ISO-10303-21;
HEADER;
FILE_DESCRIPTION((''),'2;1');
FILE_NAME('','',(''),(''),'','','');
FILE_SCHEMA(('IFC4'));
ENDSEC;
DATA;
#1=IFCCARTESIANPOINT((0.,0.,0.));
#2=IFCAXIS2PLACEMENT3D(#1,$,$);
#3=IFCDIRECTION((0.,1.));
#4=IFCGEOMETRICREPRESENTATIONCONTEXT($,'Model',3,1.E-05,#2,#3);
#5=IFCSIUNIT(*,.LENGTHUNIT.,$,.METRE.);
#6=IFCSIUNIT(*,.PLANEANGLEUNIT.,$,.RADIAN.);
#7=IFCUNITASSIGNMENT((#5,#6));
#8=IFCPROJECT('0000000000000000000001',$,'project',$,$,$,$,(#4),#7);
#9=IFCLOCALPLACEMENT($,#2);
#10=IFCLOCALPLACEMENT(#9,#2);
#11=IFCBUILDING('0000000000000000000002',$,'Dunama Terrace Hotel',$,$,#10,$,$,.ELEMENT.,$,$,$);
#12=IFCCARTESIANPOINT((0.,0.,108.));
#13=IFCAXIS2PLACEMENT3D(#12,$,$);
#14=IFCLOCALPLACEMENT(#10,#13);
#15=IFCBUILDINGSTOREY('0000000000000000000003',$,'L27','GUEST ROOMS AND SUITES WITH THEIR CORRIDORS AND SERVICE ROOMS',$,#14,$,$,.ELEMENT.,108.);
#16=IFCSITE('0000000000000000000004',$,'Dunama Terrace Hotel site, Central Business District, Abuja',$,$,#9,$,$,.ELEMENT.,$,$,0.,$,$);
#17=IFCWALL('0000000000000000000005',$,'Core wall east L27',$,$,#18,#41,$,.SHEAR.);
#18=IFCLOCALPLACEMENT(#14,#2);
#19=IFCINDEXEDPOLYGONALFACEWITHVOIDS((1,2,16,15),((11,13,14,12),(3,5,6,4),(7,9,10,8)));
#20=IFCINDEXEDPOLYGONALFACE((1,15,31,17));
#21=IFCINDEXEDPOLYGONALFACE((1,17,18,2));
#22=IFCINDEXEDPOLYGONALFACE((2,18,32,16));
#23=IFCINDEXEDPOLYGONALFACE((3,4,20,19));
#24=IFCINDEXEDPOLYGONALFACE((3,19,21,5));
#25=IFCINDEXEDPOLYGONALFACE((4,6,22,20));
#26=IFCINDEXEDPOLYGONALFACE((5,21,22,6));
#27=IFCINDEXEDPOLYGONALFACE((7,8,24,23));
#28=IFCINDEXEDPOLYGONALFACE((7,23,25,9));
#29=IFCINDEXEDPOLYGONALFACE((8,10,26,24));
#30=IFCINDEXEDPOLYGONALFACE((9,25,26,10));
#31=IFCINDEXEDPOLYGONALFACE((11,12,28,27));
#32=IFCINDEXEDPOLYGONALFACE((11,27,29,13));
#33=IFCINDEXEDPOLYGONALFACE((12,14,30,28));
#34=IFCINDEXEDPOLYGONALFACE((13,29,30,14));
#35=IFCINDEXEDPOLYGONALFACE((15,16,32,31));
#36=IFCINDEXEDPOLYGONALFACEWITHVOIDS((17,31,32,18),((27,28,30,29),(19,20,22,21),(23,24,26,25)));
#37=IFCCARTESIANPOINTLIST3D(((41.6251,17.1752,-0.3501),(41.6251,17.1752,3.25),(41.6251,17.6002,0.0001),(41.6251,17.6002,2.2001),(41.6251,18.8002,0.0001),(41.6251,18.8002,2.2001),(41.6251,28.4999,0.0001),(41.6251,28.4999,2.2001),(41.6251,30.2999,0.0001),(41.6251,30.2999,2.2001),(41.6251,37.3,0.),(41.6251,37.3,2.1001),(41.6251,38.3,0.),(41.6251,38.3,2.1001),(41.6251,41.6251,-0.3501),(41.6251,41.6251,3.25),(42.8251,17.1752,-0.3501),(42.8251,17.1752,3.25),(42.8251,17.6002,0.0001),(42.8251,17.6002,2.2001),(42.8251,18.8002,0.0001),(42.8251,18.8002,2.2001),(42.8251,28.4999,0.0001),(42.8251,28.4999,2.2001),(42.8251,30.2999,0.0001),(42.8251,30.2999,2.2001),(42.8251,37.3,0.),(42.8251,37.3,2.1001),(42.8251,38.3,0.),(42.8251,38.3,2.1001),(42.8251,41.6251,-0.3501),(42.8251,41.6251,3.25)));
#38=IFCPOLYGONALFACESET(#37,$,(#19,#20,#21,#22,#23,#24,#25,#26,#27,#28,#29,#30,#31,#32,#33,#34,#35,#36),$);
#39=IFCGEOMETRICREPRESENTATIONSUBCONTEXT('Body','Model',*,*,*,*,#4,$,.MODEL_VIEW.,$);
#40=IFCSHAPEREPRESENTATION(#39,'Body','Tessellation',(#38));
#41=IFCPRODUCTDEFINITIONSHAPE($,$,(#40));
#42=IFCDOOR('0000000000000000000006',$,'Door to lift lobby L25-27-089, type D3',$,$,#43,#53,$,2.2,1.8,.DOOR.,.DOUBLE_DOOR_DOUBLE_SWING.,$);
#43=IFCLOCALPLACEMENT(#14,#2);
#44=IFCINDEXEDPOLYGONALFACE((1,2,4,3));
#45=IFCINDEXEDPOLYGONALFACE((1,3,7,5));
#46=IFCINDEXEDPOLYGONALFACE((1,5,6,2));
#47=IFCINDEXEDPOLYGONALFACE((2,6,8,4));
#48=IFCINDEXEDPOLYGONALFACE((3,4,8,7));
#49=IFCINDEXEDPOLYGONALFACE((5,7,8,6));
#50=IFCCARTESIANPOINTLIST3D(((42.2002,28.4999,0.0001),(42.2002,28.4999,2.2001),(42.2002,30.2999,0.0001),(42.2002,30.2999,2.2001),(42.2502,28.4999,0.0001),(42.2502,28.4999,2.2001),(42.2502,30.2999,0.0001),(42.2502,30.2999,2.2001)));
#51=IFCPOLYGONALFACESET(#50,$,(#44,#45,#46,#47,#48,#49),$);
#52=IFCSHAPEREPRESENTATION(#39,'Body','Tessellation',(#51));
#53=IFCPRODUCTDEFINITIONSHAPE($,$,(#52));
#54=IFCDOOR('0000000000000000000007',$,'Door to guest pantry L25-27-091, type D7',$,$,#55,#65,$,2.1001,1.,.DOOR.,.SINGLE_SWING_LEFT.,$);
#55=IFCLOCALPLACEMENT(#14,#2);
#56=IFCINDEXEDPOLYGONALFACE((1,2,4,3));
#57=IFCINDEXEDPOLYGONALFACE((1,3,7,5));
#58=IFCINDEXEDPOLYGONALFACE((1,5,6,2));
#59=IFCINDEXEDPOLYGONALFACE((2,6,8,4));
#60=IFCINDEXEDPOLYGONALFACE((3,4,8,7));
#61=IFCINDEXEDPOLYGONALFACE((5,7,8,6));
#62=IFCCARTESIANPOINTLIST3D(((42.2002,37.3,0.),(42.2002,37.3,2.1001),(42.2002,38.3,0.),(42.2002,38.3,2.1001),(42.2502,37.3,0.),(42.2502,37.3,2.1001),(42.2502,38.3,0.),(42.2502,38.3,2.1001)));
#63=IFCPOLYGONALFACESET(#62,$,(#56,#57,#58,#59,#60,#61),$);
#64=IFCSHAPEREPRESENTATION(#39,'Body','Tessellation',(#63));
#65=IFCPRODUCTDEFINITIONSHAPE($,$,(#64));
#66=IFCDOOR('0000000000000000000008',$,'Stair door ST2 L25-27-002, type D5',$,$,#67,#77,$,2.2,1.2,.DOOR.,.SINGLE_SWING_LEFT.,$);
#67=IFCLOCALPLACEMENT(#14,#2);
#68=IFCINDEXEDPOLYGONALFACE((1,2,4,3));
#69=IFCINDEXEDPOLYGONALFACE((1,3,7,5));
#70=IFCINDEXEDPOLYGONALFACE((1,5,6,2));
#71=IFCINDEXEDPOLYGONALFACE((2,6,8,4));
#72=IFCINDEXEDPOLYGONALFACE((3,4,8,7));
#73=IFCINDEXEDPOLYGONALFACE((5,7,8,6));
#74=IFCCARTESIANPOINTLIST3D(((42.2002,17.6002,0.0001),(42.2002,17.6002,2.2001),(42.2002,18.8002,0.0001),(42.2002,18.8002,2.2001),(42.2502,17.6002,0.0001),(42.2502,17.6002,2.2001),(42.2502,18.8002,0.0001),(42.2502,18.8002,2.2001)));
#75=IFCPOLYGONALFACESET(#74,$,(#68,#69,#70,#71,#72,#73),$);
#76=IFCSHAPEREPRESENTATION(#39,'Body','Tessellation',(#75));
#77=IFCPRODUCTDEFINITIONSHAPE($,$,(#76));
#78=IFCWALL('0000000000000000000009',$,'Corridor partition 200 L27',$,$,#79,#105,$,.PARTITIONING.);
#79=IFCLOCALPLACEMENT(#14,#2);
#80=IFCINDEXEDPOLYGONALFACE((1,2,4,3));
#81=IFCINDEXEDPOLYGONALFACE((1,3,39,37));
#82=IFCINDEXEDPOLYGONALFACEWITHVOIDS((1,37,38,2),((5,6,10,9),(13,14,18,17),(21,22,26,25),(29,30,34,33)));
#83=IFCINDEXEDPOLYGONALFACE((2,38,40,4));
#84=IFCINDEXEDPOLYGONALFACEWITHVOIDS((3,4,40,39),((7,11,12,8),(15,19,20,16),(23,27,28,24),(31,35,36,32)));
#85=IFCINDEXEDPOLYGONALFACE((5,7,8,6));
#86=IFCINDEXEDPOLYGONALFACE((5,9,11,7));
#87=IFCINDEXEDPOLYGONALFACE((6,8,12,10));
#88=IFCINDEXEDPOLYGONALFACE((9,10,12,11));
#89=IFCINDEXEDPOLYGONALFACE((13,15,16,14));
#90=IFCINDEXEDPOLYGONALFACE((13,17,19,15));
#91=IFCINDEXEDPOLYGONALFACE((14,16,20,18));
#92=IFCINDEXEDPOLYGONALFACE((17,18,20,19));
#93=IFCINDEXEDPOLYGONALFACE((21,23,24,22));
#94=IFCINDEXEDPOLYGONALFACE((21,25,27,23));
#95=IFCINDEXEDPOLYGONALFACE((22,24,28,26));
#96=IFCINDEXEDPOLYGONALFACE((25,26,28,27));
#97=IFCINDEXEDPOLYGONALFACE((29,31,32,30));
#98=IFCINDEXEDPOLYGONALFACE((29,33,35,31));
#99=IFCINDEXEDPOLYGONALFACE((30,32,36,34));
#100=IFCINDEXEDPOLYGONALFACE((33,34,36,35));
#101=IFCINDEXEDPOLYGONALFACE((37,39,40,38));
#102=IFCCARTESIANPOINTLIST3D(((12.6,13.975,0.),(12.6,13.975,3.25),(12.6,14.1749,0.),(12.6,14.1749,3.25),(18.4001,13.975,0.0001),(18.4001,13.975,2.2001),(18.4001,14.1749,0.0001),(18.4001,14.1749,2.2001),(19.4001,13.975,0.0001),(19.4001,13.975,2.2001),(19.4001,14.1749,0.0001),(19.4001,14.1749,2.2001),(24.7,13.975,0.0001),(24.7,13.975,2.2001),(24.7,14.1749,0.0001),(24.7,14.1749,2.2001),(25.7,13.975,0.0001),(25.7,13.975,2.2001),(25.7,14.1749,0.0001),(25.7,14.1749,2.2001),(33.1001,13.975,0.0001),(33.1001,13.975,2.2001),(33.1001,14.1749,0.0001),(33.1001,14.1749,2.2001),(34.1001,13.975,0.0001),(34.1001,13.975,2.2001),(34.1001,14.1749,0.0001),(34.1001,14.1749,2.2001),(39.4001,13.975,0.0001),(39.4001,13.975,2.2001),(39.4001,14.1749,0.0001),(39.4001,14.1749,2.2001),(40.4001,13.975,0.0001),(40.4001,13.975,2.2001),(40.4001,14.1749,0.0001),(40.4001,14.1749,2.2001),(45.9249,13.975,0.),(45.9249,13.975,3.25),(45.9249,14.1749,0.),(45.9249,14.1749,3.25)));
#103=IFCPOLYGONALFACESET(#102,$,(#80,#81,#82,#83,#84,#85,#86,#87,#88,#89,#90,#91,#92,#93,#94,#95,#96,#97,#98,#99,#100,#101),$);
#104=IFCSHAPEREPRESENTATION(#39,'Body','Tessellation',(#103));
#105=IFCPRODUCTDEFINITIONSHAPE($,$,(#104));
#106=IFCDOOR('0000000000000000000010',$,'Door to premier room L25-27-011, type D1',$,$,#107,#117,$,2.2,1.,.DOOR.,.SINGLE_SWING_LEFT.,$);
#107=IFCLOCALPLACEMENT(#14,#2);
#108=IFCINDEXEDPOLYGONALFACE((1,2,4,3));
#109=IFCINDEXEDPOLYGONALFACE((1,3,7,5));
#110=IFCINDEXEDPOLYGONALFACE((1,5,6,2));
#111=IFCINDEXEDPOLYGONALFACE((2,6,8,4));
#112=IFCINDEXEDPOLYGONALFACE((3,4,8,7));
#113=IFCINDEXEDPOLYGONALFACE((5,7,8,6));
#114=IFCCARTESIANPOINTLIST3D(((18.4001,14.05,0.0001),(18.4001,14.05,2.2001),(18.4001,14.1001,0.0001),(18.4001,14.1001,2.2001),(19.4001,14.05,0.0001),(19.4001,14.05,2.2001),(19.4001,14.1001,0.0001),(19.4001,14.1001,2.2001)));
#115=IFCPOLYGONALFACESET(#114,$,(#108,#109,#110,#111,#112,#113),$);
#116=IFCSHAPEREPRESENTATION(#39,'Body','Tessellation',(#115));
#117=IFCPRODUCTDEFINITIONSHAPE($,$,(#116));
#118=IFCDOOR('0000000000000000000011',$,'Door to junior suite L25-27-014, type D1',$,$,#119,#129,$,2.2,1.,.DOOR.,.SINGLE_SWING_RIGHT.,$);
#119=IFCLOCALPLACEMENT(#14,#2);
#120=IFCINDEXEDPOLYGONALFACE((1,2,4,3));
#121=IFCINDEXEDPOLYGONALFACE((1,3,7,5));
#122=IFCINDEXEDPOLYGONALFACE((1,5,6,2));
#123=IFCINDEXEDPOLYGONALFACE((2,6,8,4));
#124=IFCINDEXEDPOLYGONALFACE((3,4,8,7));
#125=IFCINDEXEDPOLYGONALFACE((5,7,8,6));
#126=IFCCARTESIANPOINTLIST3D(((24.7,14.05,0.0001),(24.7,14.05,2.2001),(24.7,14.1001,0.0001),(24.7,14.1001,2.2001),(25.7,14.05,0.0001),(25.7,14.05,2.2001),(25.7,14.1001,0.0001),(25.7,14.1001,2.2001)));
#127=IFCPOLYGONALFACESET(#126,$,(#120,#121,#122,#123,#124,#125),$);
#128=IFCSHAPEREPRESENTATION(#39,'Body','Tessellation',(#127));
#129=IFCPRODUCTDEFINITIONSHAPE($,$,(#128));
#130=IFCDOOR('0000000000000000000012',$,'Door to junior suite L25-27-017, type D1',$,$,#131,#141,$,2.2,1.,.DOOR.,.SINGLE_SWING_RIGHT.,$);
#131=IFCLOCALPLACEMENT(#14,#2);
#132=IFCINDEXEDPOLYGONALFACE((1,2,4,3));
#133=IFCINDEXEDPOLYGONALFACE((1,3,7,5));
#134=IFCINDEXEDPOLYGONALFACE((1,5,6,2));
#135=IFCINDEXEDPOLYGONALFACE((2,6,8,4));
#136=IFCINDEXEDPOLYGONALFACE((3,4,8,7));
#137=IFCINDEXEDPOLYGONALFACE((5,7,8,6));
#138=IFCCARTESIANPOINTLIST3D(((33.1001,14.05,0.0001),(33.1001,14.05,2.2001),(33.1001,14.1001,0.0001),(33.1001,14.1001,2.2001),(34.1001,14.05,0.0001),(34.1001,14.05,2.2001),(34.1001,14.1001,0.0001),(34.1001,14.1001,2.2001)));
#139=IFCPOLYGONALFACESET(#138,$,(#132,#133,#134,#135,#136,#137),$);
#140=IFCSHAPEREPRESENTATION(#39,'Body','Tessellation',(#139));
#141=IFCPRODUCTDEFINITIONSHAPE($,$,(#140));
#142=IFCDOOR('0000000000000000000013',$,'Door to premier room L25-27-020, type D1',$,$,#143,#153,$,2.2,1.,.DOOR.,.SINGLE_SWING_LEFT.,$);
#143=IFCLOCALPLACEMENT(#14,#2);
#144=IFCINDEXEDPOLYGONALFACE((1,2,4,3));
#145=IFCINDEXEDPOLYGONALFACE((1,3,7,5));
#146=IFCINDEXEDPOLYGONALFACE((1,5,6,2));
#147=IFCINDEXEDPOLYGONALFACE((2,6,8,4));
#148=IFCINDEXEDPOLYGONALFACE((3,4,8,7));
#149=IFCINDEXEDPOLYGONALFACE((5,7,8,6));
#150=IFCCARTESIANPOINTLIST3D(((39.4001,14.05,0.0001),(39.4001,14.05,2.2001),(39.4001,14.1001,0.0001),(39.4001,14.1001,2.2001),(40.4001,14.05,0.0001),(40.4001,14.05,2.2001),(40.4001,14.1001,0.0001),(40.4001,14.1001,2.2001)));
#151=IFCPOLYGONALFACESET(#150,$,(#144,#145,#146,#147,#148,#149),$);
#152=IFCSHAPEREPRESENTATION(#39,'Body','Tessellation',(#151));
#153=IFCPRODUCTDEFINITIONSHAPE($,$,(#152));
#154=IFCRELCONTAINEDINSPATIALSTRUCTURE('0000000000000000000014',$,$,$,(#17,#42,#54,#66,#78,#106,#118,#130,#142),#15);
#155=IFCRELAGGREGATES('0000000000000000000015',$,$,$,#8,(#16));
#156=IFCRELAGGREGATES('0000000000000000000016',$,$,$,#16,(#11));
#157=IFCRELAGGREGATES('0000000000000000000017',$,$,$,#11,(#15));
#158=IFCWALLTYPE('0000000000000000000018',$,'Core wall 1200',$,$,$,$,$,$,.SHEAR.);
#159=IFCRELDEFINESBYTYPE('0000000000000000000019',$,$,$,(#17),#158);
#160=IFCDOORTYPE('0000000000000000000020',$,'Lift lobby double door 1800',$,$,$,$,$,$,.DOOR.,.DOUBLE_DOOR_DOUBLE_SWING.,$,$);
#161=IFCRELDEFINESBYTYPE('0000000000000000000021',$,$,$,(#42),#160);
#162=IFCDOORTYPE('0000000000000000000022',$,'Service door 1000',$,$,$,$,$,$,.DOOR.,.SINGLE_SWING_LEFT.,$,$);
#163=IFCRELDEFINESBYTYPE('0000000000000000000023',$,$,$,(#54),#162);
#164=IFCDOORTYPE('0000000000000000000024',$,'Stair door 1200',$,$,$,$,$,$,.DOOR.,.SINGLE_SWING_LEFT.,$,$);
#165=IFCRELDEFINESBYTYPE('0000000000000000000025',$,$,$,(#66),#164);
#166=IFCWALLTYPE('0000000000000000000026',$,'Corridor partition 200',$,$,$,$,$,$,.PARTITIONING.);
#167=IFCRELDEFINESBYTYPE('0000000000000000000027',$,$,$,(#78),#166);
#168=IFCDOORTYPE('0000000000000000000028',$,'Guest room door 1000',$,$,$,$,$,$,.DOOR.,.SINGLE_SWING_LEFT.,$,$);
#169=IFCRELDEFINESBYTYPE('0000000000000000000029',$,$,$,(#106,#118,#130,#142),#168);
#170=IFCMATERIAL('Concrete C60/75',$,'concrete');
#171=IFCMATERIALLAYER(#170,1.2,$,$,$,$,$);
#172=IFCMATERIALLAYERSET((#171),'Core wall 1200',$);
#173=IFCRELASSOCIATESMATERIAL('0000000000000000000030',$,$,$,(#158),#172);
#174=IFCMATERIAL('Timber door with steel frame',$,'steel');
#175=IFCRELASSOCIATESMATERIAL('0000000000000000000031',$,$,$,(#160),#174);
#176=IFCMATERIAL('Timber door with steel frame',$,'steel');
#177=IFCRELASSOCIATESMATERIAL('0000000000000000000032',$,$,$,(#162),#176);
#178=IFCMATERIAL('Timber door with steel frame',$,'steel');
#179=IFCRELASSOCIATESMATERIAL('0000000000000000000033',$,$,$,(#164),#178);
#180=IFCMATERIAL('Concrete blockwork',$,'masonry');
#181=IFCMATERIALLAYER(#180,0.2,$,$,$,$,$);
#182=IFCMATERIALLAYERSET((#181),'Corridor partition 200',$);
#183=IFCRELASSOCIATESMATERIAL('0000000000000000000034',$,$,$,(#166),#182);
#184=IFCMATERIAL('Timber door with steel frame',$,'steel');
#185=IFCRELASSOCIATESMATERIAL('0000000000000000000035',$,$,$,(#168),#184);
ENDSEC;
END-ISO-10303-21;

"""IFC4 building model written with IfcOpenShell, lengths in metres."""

from ifc_helpers import new_model, si_unit, direction, frame, frame_2d, origin, place, context, subcontext, project, spatial, rectangle, extrude, material, layer, layer_set, type_object, element, fill, save


model = new_model("IFC4")

# Units and contexts
model_context = context("Model", 3, precision=1e-05, world=origin(), true_north=direction((0.0, 1.0)))
body_context = subcontext(model_context, "Body", "Model", "MODEL_VIEW")
ifc_project = project(units=[si_unit("LENGTHUNIT", "METRE"), si_unit("PLANEANGLEUNIT", "RADIAN")], contexts=[model_context])

# Site, building, storey
site_placement = place(None, origin())
site = spatial("IfcSite", under=ifc_project, at=site_placement, Name="Dunama Terrace Hotel site, Central Business District, Abuja", CompositionType="ELEMENT", RefElevation=0.0)
building_placement = place(site_placement, origin())
building = spatial("IfcBuilding", under=site, at=building_placement, Name="Dunama Terrace Hotel", CompositionType="ELEMENT")
storey_placement = place(building_placement, frame((0.0, 0.0, 108.0)))
storey = spatial("IfcBuildingStorey", under=building, at=storey_placement, Name="L27", Description="GUEST ROOMS AND SUITES WITH THEIR CORRIDORS AND SERVICE ROOMS", CompositionType="ELEMENT", Elevation=108.0)

# Walls, openings, doors
ifc_material_1 = material(Name="Concrete C60/75", Category="concrete")
ifc_layer_1 = layer(ifc_material_1, 1.2)
ifc_layer_set_1 = layer_set([ifc_layer_1], Name="Core wall 1200")
wall_type_1 = type_object("IfcWallType", Name="Core wall 1200", PredefinedType="SHEAR", material=ifc_layer_set_1)
wall_1_placement = place(storey_placement, frame((42.2251, 17.175, -0.3501), z_axis=(0.0, 0.0, 1.0), x_axis=(0.0, 1.0, 0.0)))
wall_1 = element("IfcWall", 1, at=wall_1_placement, inside=storey, type_object=wall_type_1, Name="Core wall east L27", PredefinedType="SHEAR", context=body_context, shape_type="SweptSolid", body=[
    extrude(rectangle(XDim=24.45, YDim=1.2, at=frame_2d((12.2251, 0.0))), origin(), (0.0, 0.0, 1.0), 3.6001),
])
opening_1_placement = place(wall_1_placement, frame((0.425, 0.0, 0.3501)))
opening_1 = element("IfcOpeningElement", 2, at=opening_1_placement, cuts=wall_1, PredefinedType="OPENING", context=body_context, shape_type="SweptSolid", body=[
    extrude(rectangle(XDim=1.2, YDim=2.2, at=frame_2d((0.6001, 1.1001))), frame((0.0, 0.6099, 0.0), z_axis=(0.0, -1.0, 0.0), x_axis=(1.0, 0.0, 0.0)), (0.0, 0.0, 1.0), 1.22),
])
opening_2_placement = place(wall_1_placement, frame((11.325, 0.0, 0.3501)))
opening_2 = element("IfcOpeningElement", 3, at=opening_2_placement, cuts=wall_1, PredefinedType="OPENING", context=body_context, shape_type="SweptSolid", body=[
    extrude(rectangle(XDim=1.8, YDim=2.2, at=frame_2d((0.8999, 1.1001))), frame((0.0, 0.6099, 0.0), z_axis=(0.0, -1.0, 0.0), x_axis=(1.0, 0.0, 0.0)), (0.0, 0.0, 1.0), 1.22),
])
opening_3_placement = place(wall_1_placement, frame((20.125, 0.0, 0.3501)))
opening_3 = element("IfcOpeningElement", 4, at=opening_3_placement, cuts=wall_1, PredefinedType="OPENING", context=body_context, shape_type="SweptSolid", body=[
    extrude(rectangle(XDim=1.0, YDim=2.1001, at=frame_2d((0.5, 1.05))), frame((0.0, 0.6099, 0.0), z_axis=(0.0, -1.0, 0.0), x_axis=(1.0, 0.0, 0.0)), (0.0, 0.0, 1.0), 1.22),
])
ifc_material_2 = material(Name="Timber door with steel frame", Category="steel")
door_type_1 = type_object("IfcDoorType", Name="Lift lobby double door 1800", OperationType="DOUBLE_DOOR_DOUBLE_SWING", PredefinedType="DOOR", material=ifc_material_2)
door_1_placement = place(opening_2_placement, origin())
door_1 = element("IfcDoor", 5, at=door_1_placement, inside=storey, type_object=door_type_1, Name="Door to lift lobby L25-27-089, type D3", OperationType="DOUBLE_DOOR_DOUBLE_SWING", OverallHeight=2.2, OverallWidth=1.8, PredefinedType="DOOR", context=body_context, shape_type="SweptSolid", body=[
    extrude(rectangle(XDim=1.8, YDim=2.2, at=frame_2d((0.8999, 1.1001))), frame((0.0, 0.0249, 0.0), z_axis=(0.0, -1.0, 0.0), x_axis=(1.0, 0.0, 0.0)), (0.0, 0.0, 1.0), 0.05),
])
fill(opening_2, door_1)
ifc_material_3 = material(Name="Timber door with steel frame", Category="steel")
door_type_2 = type_object("IfcDoorType", Name="Service door 1000", OperationType="SINGLE_SWING_LEFT", PredefinedType="DOOR", material=ifc_material_3)
door_2_placement = place(opening_3_placement, origin())
door_2 = element("IfcDoor", 6, at=door_2_placement, inside=storey, type_object=door_type_2, Name="Door to guest pantry L25-27-091, type D7", OperationType="SINGLE_SWING_LEFT", OverallHeight=2.1001, OverallWidth=1.0, PredefinedType="DOOR", context=body_context, shape_type="SweptSolid", body=[
    extrude(rectangle(XDim=1.0, YDim=2.1001, at=frame_2d((0.5, 1.05))), frame((0.0, 0.0249, 0.0), z_axis=(0.0, -1.0, 0.0), x_axis=(1.0, 0.0, 0.0)), (0.0, 0.0, 1.0), 0.05),
])
fill(opening_3, door_2)
ifc_material_4 = material(Name="Timber door with steel frame", Category="steel")
door_type_3 = type_object("IfcDoorType", Name="Stair door 1200", OperationType="SINGLE_SWING_LEFT", PredefinedType="DOOR", material=ifc_material_4)
door_3_placement = place(opening_1_placement, origin())
door_3 = element("IfcDoor", 7, at=door_3_placement, inside=storey, type_object=door_type_3, Name="Stair door ST2 L25-27-002, type D5", OperationType="SINGLE_SWING_LEFT", OverallHeight=2.2, OverallWidth=1.2, PredefinedType="DOOR", context=body_context, shape_type="SweptSolid", body=[
    extrude(rectangle(XDim=1.2, YDim=2.2, at=frame_2d((0.6001, 1.1001))), frame((0.0, 0.0249, 0.0), z_axis=(0.0, -1.0, 0.0), x_axis=(1.0, 0.0, 0.0)), (0.0, 0.0, 1.0), 0.05),
])
fill(opening_1, door_3)
ifc_material_5 = material(Name="Concrete blockwork", Category="masonry")
ifc_layer_2 = layer(ifc_material_5, 0.2)
ifc_layer_set_2 = layer_set([ifc_layer_2], Name="Corridor partition 200")
wall_type_2 = type_object("IfcWallType", Name="Corridor partition 200", PredefinedType="PARTITIONING", material=ifc_layer_set_2)
wall_2_placement = place(storey_placement, frame((45.925, 14.075, 0.0), z_axis=(0.0, 0.0, 1.0), x_axis=(-1.0, 0.0, 0.0)))
wall_2 = element("IfcWall", 8, at=wall_2_placement, inside=storey, type_object=wall_type_2, Name="Corridor partition 200 L27", PredefinedType="PARTITIONING", context=body_context, shape_type="SweptSolid", body=[
    extrude(rectangle(XDim=33.325, YDim=0.2, at=frame_2d((16.6626, 0.0))), origin(), (0.0, 0.0, 1.0), 3.25),
])
opening_4_placement = place(wall_2_placement, frame((26.5249, 0.0, 0.0)))
opening_4 = element("IfcOpeningElement", 9, at=opening_4_placement, cuts=wall_2, PredefinedType="OPENING", context=body_context, shape_type="SweptSolid", body=[
    extrude(rectangle(XDim=1.0, YDim=2.2, at=frame_2d((0.5, 1.1001))), frame((0.0, 0.1099, 0.0), z_axis=(0.0, -1.0, 0.0), x_axis=(1.0, 0.0, 0.0)), (0.0, 0.0, 1.0), 0.22),
])
opening_5_placement = place(wall_2_placement, frame((20.2251, 0.0, 0.0)))
opening_5 = element("IfcOpeningElement", 10, at=opening_5_placement, cuts=wall_2, PredefinedType="OPENING", context=body_context, shape_type="SweptSolid", body=[
    extrude(rectangle(XDim=1.0, YDim=2.2, at=frame_2d((0.5, 1.1001))), frame((0.0, 0.1099, 0.0), z_axis=(0.0, -1.0, 0.0), x_axis=(1.0, 0.0, 0.0)), (0.0, 0.0, 1.0), 0.22),
])
opening_6_placement = place(wall_2_placement, frame((11.825, 0.0, 0.0)))
opening_6 = element("IfcOpeningElement", 11, at=opening_6_placement, cuts=wall_2, PredefinedType="OPENING", context=body_context, shape_type="SweptSolid", body=[
    extrude(rectangle(XDim=1.0, YDim=2.2, at=frame_2d((0.5, 1.1001))), frame((0.0, 0.1099, 0.0), z_axis=(0.0, -1.0, 0.0), x_axis=(1.0, 0.0, 0.0)), (0.0, 0.0, 1.0), 0.22),
])
opening_7_placement = place(wall_2_placement, frame((5.5249, 0.0, 0.0)))
opening_7 = element("IfcOpeningElement", 12, at=opening_7_placement, cuts=wall_2, PredefinedType="OPENING", context=body_context, shape_type="SweptSolid", body=[
    extrude(rectangle(XDim=1.0, YDim=2.2, at=frame_2d((0.5, 1.1001))), frame((0.0, 0.1099, 0.0), z_axis=(0.0, -1.0, 0.0), x_axis=(1.0, 0.0, 0.0)), (0.0, 0.0, 1.0), 0.22),
])
ifc_material_6 = material(Name="Timber door with steel frame", Category="steel")
door_type_4 = type_object("IfcDoorType", Name="Guest room door 1000", OperationType="SINGLE_SWING_LEFT", PredefinedType="DOOR", material=ifc_material_6)
door_4_placement = place(opening_4_placement, origin())
door_4 = element("IfcDoor", 13, at=door_4_placement, inside=storey, type_object=door_type_4, Name="Door to premier room L25-27-011, type D1", OperationType="SINGLE_SWING_LEFT", OverallHeight=2.2, OverallWidth=1.0, PredefinedType="DOOR", context=body_context, shape_type="SweptSolid", body=[
    extrude(rectangle(XDim=1.0, YDim=2.2, at=frame_2d((0.5, 1.1001))), frame((0.0, 0.0249, 0.0), z_axis=(0.0, -1.0, 0.0), x_axis=(1.0, 0.0, 0.0)), (0.0, 0.0, 1.0), 0.05),
])
fill(opening_4, door_4)
door_5_placement = place(opening_5_placement, origin())
door_5 = element("IfcDoor", 14, at=door_5_placement, inside=storey, type_object=door_type_4, Name="Door to junior suite L25-27-014, type D1", OperationType="SINGLE_SWING_RIGHT", OverallHeight=2.2, OverallWidth=1.0, PredefinedType="DOOR", context=body_context, shape_type="SweptSolid", body=[
    extrude(rectangle(XDim=1.0, YDim=2.2, at=frame_2d((0.5, 1.1001))), frame((0.0, 0.0249, 0.0), z_axis=(0.0, -1.0, 0.0), x_axis=(1.0, 0.0, 0.0)), (0.0, 0.0, 1.0), 0.05),
])
fill(opening_5, door_5)
door_6_placement = place(opening_6_placement, origin())
door_6 = element("IfcDoor", 15, at=door_6_placement, inside=storey, type_object=door_type_4, Name="Door to junior suite L25-27-017, type D1", OperationType="SINGLE_SWING_RIGHT", OverallHeight=2.2, OverallWidth=1.0, PredefinedType="DOOR", context=body_context, shape_type="SweptSolid", body=[
    extrude(rectangle(XDim=1.0, YDim=2.2, at=frame_2d((0.5, 1.1001))), frame((0.0, 0.0249, 0.0), z_axis=(0.0, -1.0, 0.0), x_axis=(1.0, 0.0, 0.0)), (0.0, 0.0, 1.0), 0.05),
])
fill(opening_6, door_6)
door_7_placement = place(opening_7_placement, origin())
door_7 = element("IfcDoor", 16, at=door_7_placement, inside=storey, type_object=door_type_4, Name="Door to premier room L25-27-020, type D1", OperationType="SINGLE_SWING_LEFT", OverallHeight=2.2, OverallWidth=1.0, PredefinedType="DOOR", context=body_context, shape_type="SweptSolid", body=[
    extrude(rectangle(XDim=1.0, YDim=2.2, at=frame_2d((0.5, 1.1001))), frame((0.0, 0.0249, 0.0), z_axis=(0.0, -1.0, 0.0), x_axis=(1.0, 0.0, 0.0)), (0.0, 0.0, 1.0), 0.05),
])
fill(opening_7, door_7)

save(model, "model.ifc")
